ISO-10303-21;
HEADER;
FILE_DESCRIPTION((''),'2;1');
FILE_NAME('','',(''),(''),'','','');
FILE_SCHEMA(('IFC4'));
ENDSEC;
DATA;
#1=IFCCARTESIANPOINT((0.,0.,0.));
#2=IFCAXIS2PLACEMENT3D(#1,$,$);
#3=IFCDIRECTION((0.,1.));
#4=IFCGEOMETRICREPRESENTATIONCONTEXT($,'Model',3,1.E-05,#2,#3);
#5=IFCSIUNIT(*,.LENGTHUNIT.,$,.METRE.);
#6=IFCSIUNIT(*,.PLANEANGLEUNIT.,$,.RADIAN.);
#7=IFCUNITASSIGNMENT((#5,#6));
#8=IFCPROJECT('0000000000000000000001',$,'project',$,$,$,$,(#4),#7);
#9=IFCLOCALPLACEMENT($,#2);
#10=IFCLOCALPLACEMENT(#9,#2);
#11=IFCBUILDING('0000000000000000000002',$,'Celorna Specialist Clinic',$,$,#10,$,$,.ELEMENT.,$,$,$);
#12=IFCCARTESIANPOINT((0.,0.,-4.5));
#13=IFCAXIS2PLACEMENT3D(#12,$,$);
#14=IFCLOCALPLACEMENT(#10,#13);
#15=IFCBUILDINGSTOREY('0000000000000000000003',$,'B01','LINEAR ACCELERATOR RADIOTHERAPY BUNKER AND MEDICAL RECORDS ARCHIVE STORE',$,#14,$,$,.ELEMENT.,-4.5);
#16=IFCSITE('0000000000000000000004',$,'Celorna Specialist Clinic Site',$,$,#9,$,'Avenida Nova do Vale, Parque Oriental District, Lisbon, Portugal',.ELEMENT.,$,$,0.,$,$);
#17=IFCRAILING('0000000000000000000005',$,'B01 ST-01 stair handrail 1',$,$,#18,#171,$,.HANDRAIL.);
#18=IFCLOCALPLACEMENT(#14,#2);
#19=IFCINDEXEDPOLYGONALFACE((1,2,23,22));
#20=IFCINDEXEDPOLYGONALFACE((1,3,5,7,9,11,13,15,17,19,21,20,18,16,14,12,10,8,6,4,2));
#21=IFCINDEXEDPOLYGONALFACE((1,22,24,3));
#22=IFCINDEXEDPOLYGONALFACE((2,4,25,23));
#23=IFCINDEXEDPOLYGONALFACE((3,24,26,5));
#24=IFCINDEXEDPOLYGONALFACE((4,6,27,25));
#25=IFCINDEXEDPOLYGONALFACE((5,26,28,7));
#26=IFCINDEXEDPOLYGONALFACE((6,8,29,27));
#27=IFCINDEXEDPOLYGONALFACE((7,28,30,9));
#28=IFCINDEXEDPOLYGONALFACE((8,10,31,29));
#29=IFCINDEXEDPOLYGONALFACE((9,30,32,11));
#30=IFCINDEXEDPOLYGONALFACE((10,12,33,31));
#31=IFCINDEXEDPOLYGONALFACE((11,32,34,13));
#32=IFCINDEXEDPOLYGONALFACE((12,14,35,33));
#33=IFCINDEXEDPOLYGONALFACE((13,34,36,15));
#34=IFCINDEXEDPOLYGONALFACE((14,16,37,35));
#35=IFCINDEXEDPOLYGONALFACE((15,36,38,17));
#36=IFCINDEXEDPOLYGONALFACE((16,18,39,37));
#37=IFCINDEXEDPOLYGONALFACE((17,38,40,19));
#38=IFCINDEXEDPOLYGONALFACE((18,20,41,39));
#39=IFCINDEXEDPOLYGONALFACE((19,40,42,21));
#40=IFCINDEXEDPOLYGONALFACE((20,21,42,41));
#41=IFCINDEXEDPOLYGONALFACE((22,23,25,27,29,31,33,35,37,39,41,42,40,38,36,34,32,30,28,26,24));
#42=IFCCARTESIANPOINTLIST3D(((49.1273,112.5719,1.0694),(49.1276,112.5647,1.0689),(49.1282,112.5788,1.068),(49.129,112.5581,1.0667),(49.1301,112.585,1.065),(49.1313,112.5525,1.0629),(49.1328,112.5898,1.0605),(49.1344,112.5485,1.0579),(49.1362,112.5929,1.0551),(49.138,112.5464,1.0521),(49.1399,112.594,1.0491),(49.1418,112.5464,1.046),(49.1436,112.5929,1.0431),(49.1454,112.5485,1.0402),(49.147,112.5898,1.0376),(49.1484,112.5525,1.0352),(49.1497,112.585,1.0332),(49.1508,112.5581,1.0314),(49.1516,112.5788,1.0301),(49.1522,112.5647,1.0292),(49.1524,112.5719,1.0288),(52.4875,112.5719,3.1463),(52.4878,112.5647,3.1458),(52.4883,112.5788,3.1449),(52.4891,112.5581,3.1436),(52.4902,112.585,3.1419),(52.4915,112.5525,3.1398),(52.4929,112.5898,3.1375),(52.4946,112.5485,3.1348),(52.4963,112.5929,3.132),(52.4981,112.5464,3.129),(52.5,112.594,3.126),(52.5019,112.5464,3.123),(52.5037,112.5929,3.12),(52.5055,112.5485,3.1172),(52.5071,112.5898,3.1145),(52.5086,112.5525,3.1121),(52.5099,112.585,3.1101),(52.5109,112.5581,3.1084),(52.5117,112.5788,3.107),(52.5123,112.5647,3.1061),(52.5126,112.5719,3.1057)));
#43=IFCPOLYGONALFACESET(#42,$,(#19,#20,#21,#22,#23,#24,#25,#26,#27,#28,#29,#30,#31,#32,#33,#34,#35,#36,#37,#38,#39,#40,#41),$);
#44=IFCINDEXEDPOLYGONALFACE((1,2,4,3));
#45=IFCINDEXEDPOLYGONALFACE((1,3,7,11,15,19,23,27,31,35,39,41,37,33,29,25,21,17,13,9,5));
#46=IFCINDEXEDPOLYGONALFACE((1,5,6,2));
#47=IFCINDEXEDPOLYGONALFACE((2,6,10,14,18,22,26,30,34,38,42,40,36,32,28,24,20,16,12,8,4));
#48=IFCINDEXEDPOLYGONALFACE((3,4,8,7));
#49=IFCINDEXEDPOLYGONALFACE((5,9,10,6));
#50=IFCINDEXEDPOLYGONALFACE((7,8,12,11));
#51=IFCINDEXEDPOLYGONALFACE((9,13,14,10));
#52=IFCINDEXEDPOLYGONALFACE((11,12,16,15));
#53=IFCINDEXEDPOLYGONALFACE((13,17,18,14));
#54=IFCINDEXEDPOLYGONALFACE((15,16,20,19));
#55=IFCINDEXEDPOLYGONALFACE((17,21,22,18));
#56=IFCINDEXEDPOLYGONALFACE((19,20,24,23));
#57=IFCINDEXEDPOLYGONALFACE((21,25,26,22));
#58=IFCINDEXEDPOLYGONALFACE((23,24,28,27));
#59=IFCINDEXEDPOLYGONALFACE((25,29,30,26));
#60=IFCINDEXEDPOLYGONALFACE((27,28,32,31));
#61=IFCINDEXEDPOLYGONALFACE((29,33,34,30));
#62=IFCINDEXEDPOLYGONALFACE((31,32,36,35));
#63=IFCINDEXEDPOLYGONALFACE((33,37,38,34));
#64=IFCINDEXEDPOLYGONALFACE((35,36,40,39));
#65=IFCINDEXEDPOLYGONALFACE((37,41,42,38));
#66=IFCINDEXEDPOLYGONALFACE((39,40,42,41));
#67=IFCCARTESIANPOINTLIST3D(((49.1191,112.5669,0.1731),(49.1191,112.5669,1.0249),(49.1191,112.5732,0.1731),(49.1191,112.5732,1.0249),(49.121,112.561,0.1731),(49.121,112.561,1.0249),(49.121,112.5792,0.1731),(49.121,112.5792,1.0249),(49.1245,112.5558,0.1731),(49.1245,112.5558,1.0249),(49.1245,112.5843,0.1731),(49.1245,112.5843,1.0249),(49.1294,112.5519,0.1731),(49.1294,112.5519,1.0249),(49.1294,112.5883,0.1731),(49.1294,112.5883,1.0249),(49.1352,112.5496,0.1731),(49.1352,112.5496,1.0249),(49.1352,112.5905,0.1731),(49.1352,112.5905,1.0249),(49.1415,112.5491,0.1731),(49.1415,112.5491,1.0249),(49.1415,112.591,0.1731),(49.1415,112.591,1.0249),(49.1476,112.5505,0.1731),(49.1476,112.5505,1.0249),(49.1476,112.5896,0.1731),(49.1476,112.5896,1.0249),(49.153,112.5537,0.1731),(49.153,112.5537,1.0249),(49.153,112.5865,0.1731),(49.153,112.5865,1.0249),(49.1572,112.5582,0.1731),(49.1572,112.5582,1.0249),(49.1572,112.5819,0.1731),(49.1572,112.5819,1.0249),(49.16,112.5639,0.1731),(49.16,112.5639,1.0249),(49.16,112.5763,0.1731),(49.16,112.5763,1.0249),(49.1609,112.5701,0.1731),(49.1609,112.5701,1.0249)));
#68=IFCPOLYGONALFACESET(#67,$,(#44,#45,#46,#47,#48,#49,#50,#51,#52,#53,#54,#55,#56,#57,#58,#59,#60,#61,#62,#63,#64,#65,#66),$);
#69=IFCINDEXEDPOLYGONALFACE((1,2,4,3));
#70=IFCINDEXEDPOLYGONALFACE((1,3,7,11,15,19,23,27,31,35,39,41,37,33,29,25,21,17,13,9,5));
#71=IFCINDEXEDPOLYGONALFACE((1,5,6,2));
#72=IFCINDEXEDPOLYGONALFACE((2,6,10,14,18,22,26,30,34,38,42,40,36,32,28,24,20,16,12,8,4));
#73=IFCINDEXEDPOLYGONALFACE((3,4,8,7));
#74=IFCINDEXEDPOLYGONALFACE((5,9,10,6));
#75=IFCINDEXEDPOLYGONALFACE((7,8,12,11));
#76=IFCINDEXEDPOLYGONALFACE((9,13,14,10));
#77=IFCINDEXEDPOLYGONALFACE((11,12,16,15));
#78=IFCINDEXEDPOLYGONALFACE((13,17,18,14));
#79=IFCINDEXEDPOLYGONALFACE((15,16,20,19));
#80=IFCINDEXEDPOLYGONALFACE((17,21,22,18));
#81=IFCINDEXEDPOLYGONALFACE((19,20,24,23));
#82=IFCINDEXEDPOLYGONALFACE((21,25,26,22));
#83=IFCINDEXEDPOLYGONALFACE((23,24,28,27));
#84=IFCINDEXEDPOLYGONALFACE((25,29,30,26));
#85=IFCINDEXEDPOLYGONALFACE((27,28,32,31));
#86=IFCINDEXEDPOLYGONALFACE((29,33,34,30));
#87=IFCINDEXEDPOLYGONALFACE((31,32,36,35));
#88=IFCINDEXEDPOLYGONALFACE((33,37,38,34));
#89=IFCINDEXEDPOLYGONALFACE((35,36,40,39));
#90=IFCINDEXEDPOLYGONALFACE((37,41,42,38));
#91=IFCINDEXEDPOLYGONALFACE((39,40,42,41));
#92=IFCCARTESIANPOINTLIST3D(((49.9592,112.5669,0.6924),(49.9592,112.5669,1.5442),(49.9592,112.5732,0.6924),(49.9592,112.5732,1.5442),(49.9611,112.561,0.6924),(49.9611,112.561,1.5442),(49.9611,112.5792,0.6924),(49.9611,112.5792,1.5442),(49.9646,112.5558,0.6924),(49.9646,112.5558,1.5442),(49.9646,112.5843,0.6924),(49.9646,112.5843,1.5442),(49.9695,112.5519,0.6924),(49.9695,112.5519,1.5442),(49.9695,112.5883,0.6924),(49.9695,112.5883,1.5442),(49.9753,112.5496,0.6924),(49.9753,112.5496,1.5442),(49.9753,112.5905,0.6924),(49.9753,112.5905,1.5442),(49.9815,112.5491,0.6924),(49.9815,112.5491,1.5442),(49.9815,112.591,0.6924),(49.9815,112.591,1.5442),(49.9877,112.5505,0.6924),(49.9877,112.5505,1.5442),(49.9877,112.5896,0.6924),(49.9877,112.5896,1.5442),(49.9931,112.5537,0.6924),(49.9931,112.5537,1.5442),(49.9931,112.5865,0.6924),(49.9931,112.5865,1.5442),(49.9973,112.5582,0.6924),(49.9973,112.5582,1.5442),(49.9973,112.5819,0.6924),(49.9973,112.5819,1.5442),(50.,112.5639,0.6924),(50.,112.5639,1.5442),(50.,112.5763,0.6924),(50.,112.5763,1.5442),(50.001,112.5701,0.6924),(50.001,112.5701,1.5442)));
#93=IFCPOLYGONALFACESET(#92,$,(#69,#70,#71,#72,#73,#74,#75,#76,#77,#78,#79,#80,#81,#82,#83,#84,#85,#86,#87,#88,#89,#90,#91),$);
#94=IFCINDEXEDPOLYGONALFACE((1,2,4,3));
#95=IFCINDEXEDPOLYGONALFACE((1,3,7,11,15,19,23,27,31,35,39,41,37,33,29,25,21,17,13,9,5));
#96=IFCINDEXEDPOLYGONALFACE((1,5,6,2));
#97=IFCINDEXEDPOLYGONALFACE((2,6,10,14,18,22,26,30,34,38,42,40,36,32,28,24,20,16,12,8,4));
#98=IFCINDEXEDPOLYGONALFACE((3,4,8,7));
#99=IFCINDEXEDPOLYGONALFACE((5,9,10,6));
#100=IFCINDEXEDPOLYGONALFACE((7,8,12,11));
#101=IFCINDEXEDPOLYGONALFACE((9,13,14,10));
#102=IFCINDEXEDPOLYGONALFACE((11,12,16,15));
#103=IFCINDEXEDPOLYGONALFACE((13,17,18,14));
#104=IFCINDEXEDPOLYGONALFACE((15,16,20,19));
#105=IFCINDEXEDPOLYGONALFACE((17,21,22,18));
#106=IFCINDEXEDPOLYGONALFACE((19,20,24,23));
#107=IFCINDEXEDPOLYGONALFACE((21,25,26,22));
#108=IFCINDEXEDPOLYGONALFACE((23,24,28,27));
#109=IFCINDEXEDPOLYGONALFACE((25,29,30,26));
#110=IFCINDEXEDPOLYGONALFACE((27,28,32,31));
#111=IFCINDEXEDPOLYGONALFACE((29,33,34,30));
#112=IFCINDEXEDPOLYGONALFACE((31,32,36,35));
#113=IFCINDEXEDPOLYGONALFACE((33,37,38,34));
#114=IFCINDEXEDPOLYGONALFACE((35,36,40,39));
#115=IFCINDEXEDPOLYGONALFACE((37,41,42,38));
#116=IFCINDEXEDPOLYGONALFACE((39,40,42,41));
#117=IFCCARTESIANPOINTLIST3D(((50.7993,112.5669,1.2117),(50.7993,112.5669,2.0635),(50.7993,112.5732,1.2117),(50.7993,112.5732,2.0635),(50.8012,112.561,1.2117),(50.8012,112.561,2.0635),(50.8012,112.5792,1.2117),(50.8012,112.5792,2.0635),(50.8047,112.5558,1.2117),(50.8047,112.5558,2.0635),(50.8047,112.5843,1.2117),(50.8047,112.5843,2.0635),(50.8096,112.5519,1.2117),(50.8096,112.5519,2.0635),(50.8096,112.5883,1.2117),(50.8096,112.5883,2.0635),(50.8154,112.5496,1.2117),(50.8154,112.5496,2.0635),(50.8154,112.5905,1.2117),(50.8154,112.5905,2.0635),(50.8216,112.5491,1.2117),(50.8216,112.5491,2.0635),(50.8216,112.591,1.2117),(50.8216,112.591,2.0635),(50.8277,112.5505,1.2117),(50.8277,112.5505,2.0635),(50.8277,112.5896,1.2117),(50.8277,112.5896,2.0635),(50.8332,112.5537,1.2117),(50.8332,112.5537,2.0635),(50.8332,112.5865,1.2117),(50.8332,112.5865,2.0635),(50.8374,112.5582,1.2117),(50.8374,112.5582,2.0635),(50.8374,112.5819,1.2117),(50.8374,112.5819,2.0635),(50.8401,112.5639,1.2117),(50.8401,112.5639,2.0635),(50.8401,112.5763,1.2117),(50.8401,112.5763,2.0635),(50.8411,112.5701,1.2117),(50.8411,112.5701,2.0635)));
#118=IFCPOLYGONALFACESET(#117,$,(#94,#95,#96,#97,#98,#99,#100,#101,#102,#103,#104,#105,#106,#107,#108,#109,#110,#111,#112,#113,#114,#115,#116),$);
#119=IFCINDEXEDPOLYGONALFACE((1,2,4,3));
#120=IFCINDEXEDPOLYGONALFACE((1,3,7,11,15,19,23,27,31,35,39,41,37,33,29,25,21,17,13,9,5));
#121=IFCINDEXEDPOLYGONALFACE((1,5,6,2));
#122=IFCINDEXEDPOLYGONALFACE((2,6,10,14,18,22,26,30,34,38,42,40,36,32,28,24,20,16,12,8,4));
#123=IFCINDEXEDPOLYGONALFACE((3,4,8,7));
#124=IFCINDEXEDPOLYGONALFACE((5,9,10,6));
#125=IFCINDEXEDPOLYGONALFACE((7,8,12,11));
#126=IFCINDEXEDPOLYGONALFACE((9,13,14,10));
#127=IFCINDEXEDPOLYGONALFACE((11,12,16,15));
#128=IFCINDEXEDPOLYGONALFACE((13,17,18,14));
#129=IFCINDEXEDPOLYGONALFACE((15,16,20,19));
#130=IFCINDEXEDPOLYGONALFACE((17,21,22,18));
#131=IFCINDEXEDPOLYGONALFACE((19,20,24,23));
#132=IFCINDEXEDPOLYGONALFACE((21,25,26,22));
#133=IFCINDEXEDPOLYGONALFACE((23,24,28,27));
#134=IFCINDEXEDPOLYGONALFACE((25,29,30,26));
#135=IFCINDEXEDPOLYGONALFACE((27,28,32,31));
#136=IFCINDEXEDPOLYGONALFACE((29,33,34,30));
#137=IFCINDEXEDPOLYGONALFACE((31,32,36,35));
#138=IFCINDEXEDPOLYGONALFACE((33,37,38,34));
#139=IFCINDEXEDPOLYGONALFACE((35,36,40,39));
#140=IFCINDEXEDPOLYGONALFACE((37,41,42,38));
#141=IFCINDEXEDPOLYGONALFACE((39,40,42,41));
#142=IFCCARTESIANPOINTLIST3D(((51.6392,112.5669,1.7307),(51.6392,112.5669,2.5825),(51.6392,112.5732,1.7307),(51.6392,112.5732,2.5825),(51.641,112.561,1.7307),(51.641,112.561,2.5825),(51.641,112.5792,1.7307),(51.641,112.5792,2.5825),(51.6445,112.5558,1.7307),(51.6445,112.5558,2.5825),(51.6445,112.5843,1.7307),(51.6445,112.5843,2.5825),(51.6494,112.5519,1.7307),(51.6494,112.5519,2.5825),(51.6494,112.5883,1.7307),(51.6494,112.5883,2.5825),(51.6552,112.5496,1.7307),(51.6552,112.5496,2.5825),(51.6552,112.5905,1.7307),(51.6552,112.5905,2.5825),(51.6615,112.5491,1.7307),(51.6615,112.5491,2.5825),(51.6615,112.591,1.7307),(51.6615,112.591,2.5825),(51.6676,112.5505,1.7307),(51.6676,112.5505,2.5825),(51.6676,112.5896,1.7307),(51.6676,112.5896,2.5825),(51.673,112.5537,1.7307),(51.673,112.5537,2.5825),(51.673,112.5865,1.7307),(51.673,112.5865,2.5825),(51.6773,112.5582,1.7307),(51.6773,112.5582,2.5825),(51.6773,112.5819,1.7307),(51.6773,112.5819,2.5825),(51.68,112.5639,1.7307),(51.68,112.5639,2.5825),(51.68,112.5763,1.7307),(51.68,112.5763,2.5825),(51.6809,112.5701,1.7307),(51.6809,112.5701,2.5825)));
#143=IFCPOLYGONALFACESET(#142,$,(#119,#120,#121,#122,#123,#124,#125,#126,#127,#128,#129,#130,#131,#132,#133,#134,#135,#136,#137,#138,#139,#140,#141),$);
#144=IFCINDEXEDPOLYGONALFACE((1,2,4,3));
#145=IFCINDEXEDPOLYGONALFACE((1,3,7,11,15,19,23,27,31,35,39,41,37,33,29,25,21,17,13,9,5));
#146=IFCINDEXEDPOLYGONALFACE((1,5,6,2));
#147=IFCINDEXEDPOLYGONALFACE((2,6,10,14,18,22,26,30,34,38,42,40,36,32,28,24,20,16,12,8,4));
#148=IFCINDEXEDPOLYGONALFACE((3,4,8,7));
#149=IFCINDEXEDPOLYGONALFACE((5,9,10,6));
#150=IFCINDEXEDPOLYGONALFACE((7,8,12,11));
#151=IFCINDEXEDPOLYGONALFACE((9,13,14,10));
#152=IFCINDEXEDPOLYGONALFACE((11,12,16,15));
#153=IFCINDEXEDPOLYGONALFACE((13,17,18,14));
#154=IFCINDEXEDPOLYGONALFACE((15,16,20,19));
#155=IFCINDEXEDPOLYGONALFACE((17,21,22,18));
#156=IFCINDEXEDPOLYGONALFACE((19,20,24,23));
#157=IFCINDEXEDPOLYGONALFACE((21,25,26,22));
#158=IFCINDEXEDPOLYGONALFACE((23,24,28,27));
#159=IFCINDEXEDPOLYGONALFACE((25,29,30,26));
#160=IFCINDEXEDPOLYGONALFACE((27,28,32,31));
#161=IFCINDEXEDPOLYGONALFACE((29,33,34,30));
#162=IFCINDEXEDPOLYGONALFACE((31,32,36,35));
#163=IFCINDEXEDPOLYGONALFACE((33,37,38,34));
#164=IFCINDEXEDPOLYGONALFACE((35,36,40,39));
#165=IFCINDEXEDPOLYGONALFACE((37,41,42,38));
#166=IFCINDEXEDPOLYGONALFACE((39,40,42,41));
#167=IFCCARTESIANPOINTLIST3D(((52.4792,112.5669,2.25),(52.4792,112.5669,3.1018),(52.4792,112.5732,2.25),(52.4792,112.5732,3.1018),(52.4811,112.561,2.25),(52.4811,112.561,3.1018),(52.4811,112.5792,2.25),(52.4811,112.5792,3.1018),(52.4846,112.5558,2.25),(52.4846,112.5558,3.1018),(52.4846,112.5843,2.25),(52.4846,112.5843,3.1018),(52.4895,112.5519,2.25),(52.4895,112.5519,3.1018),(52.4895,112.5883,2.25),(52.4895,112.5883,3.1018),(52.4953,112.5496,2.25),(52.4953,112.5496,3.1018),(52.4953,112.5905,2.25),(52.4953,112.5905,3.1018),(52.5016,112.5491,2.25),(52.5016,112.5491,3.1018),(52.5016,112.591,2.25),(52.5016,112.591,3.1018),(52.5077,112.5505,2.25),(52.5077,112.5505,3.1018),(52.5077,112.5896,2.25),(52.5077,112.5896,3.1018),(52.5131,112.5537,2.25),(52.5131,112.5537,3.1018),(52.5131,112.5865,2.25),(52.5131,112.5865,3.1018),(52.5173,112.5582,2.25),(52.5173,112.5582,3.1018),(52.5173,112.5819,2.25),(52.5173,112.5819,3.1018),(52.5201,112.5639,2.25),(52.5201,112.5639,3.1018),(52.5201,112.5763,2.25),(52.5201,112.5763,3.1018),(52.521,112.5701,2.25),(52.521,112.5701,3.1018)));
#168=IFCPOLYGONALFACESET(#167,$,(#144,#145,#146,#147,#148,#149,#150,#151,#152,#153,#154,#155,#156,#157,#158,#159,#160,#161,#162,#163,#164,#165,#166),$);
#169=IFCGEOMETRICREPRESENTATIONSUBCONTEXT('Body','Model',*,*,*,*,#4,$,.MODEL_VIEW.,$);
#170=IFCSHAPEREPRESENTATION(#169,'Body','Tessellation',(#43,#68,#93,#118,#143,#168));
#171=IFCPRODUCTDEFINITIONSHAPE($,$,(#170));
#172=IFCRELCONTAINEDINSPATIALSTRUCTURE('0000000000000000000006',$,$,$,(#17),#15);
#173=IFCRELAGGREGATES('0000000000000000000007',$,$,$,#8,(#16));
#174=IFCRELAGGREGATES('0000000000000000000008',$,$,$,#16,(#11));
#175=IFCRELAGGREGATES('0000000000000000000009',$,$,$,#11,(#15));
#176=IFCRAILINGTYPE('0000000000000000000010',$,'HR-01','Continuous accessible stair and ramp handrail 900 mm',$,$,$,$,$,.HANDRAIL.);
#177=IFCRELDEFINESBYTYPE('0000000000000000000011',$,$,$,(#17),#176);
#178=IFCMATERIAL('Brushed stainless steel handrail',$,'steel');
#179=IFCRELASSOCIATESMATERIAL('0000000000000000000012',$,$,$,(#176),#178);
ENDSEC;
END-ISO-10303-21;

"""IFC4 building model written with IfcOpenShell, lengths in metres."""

from ifc_helpers import new_model, si_unit, direction, frame, origin, origin_2d, place, context, subcontext, project, spatial, circle, extrude, material, type_object, element, save


model = new_model("IFC4")

# Units and contexts
model_context = context("Model", 3, precision=1e-05, world=origin(), true_north=direction((0.0, 1.0)))
body_context = subcontext(model_context, "Body", "Model", "MODEL_VIEW")
ifc_project = project(units=[si_unit("LENGTHUNIT", "METRE"), si_unit("PLANEANGLEUNIT", "RADIAN")], contexts=[model_context])

# Site, building, storey
site_placement = place(None, origin())
site = spatial("IfcSite", under=ifc_project, at=site_placement, Name="Celorna Specialist Clinic Site", LongName="Avenida Nova do Vale, Parque Oriental District, Lisbon, Portugal", CompositionType="ELEMENT", RefElevation=0.0)
building_placement = place(site_placement, origin())
building = spatial("IfcBuilding", under=site, at=building_placement, Name="Celorna Specialist Clinic", CompositionType="ELEMENT")
storey_placement = place(building_placement, frame((0.0, 0.0, -4.5)))
storey = spatial("IfcBuildingStorey", under=building, at=storey_placement, Name="B01", Description="LINEAR ACCELERATOR RADIOTHERAPY BUNKER AND MEDICAL RECORDS ARCHIVE STORE", CompositionType="ELEMENT", Elevation=-4.5)

# Railing
ifc_material_1 = material(Name="Brushed stainless steel handrail", Category="steel")
railing_type_1 = type_object("IfcRailingType", Name="HR-01", Description="Continuous accessible stair and ramp handrail 900 mm", PredefinedType="HANDRAIL", material=ifc_material_1)
railing_1_placement = place(storey_placement, frame((49.1399, 112.5701, 0.1731)))
element("IfcRailing", 1, at=railing_1_placement, inside=storey, type_object=railing_type_1, Name="B01 ST-01 stair handrail 1", PredefinedType="HANDRAIL", context=body_context, shape_type="SweptSolid", body=[
    extrude(circle(Radius=0.0239, at=origin_2d()), frame((0.0, 0.0, 0.876), z_axis=(0.850623, 0.0, 0.525776), x_axis=(0.0, 1.0, 0.0)), (0.0, 0.0, 1.0), 3.9502),
    extrude(circle(Radius=0.021, at=origin_2d()), origin(), (0.0, 0.0, 1.0), 0.8518),
    extrude(circle(Radius=0.021, at=origin_2d()), frame((0.8401, 0.0, 0.5193)), (0.0, 0.0, 1.0), 0.8518),
    extrude(circle(Radius=0.021, at=origin_2d()), frame((1.6802, 0.0, 1.0386)), (0.0, 0.0, 1.0), 0.8518),
    extrude(circle(Radius=0.021, at=origin_2d()), frame((2.52, 0.0, 1.5576)), (0.0, 0.0, 1.0), 0.8518),
    extrude(circle(Radius=0.021, at=origin_2d()), frame((3.3601, 0.0, 2.0769)), (0.0, 0.0, 1.0), 0.8518),
])

save(model, "model.ifc")
